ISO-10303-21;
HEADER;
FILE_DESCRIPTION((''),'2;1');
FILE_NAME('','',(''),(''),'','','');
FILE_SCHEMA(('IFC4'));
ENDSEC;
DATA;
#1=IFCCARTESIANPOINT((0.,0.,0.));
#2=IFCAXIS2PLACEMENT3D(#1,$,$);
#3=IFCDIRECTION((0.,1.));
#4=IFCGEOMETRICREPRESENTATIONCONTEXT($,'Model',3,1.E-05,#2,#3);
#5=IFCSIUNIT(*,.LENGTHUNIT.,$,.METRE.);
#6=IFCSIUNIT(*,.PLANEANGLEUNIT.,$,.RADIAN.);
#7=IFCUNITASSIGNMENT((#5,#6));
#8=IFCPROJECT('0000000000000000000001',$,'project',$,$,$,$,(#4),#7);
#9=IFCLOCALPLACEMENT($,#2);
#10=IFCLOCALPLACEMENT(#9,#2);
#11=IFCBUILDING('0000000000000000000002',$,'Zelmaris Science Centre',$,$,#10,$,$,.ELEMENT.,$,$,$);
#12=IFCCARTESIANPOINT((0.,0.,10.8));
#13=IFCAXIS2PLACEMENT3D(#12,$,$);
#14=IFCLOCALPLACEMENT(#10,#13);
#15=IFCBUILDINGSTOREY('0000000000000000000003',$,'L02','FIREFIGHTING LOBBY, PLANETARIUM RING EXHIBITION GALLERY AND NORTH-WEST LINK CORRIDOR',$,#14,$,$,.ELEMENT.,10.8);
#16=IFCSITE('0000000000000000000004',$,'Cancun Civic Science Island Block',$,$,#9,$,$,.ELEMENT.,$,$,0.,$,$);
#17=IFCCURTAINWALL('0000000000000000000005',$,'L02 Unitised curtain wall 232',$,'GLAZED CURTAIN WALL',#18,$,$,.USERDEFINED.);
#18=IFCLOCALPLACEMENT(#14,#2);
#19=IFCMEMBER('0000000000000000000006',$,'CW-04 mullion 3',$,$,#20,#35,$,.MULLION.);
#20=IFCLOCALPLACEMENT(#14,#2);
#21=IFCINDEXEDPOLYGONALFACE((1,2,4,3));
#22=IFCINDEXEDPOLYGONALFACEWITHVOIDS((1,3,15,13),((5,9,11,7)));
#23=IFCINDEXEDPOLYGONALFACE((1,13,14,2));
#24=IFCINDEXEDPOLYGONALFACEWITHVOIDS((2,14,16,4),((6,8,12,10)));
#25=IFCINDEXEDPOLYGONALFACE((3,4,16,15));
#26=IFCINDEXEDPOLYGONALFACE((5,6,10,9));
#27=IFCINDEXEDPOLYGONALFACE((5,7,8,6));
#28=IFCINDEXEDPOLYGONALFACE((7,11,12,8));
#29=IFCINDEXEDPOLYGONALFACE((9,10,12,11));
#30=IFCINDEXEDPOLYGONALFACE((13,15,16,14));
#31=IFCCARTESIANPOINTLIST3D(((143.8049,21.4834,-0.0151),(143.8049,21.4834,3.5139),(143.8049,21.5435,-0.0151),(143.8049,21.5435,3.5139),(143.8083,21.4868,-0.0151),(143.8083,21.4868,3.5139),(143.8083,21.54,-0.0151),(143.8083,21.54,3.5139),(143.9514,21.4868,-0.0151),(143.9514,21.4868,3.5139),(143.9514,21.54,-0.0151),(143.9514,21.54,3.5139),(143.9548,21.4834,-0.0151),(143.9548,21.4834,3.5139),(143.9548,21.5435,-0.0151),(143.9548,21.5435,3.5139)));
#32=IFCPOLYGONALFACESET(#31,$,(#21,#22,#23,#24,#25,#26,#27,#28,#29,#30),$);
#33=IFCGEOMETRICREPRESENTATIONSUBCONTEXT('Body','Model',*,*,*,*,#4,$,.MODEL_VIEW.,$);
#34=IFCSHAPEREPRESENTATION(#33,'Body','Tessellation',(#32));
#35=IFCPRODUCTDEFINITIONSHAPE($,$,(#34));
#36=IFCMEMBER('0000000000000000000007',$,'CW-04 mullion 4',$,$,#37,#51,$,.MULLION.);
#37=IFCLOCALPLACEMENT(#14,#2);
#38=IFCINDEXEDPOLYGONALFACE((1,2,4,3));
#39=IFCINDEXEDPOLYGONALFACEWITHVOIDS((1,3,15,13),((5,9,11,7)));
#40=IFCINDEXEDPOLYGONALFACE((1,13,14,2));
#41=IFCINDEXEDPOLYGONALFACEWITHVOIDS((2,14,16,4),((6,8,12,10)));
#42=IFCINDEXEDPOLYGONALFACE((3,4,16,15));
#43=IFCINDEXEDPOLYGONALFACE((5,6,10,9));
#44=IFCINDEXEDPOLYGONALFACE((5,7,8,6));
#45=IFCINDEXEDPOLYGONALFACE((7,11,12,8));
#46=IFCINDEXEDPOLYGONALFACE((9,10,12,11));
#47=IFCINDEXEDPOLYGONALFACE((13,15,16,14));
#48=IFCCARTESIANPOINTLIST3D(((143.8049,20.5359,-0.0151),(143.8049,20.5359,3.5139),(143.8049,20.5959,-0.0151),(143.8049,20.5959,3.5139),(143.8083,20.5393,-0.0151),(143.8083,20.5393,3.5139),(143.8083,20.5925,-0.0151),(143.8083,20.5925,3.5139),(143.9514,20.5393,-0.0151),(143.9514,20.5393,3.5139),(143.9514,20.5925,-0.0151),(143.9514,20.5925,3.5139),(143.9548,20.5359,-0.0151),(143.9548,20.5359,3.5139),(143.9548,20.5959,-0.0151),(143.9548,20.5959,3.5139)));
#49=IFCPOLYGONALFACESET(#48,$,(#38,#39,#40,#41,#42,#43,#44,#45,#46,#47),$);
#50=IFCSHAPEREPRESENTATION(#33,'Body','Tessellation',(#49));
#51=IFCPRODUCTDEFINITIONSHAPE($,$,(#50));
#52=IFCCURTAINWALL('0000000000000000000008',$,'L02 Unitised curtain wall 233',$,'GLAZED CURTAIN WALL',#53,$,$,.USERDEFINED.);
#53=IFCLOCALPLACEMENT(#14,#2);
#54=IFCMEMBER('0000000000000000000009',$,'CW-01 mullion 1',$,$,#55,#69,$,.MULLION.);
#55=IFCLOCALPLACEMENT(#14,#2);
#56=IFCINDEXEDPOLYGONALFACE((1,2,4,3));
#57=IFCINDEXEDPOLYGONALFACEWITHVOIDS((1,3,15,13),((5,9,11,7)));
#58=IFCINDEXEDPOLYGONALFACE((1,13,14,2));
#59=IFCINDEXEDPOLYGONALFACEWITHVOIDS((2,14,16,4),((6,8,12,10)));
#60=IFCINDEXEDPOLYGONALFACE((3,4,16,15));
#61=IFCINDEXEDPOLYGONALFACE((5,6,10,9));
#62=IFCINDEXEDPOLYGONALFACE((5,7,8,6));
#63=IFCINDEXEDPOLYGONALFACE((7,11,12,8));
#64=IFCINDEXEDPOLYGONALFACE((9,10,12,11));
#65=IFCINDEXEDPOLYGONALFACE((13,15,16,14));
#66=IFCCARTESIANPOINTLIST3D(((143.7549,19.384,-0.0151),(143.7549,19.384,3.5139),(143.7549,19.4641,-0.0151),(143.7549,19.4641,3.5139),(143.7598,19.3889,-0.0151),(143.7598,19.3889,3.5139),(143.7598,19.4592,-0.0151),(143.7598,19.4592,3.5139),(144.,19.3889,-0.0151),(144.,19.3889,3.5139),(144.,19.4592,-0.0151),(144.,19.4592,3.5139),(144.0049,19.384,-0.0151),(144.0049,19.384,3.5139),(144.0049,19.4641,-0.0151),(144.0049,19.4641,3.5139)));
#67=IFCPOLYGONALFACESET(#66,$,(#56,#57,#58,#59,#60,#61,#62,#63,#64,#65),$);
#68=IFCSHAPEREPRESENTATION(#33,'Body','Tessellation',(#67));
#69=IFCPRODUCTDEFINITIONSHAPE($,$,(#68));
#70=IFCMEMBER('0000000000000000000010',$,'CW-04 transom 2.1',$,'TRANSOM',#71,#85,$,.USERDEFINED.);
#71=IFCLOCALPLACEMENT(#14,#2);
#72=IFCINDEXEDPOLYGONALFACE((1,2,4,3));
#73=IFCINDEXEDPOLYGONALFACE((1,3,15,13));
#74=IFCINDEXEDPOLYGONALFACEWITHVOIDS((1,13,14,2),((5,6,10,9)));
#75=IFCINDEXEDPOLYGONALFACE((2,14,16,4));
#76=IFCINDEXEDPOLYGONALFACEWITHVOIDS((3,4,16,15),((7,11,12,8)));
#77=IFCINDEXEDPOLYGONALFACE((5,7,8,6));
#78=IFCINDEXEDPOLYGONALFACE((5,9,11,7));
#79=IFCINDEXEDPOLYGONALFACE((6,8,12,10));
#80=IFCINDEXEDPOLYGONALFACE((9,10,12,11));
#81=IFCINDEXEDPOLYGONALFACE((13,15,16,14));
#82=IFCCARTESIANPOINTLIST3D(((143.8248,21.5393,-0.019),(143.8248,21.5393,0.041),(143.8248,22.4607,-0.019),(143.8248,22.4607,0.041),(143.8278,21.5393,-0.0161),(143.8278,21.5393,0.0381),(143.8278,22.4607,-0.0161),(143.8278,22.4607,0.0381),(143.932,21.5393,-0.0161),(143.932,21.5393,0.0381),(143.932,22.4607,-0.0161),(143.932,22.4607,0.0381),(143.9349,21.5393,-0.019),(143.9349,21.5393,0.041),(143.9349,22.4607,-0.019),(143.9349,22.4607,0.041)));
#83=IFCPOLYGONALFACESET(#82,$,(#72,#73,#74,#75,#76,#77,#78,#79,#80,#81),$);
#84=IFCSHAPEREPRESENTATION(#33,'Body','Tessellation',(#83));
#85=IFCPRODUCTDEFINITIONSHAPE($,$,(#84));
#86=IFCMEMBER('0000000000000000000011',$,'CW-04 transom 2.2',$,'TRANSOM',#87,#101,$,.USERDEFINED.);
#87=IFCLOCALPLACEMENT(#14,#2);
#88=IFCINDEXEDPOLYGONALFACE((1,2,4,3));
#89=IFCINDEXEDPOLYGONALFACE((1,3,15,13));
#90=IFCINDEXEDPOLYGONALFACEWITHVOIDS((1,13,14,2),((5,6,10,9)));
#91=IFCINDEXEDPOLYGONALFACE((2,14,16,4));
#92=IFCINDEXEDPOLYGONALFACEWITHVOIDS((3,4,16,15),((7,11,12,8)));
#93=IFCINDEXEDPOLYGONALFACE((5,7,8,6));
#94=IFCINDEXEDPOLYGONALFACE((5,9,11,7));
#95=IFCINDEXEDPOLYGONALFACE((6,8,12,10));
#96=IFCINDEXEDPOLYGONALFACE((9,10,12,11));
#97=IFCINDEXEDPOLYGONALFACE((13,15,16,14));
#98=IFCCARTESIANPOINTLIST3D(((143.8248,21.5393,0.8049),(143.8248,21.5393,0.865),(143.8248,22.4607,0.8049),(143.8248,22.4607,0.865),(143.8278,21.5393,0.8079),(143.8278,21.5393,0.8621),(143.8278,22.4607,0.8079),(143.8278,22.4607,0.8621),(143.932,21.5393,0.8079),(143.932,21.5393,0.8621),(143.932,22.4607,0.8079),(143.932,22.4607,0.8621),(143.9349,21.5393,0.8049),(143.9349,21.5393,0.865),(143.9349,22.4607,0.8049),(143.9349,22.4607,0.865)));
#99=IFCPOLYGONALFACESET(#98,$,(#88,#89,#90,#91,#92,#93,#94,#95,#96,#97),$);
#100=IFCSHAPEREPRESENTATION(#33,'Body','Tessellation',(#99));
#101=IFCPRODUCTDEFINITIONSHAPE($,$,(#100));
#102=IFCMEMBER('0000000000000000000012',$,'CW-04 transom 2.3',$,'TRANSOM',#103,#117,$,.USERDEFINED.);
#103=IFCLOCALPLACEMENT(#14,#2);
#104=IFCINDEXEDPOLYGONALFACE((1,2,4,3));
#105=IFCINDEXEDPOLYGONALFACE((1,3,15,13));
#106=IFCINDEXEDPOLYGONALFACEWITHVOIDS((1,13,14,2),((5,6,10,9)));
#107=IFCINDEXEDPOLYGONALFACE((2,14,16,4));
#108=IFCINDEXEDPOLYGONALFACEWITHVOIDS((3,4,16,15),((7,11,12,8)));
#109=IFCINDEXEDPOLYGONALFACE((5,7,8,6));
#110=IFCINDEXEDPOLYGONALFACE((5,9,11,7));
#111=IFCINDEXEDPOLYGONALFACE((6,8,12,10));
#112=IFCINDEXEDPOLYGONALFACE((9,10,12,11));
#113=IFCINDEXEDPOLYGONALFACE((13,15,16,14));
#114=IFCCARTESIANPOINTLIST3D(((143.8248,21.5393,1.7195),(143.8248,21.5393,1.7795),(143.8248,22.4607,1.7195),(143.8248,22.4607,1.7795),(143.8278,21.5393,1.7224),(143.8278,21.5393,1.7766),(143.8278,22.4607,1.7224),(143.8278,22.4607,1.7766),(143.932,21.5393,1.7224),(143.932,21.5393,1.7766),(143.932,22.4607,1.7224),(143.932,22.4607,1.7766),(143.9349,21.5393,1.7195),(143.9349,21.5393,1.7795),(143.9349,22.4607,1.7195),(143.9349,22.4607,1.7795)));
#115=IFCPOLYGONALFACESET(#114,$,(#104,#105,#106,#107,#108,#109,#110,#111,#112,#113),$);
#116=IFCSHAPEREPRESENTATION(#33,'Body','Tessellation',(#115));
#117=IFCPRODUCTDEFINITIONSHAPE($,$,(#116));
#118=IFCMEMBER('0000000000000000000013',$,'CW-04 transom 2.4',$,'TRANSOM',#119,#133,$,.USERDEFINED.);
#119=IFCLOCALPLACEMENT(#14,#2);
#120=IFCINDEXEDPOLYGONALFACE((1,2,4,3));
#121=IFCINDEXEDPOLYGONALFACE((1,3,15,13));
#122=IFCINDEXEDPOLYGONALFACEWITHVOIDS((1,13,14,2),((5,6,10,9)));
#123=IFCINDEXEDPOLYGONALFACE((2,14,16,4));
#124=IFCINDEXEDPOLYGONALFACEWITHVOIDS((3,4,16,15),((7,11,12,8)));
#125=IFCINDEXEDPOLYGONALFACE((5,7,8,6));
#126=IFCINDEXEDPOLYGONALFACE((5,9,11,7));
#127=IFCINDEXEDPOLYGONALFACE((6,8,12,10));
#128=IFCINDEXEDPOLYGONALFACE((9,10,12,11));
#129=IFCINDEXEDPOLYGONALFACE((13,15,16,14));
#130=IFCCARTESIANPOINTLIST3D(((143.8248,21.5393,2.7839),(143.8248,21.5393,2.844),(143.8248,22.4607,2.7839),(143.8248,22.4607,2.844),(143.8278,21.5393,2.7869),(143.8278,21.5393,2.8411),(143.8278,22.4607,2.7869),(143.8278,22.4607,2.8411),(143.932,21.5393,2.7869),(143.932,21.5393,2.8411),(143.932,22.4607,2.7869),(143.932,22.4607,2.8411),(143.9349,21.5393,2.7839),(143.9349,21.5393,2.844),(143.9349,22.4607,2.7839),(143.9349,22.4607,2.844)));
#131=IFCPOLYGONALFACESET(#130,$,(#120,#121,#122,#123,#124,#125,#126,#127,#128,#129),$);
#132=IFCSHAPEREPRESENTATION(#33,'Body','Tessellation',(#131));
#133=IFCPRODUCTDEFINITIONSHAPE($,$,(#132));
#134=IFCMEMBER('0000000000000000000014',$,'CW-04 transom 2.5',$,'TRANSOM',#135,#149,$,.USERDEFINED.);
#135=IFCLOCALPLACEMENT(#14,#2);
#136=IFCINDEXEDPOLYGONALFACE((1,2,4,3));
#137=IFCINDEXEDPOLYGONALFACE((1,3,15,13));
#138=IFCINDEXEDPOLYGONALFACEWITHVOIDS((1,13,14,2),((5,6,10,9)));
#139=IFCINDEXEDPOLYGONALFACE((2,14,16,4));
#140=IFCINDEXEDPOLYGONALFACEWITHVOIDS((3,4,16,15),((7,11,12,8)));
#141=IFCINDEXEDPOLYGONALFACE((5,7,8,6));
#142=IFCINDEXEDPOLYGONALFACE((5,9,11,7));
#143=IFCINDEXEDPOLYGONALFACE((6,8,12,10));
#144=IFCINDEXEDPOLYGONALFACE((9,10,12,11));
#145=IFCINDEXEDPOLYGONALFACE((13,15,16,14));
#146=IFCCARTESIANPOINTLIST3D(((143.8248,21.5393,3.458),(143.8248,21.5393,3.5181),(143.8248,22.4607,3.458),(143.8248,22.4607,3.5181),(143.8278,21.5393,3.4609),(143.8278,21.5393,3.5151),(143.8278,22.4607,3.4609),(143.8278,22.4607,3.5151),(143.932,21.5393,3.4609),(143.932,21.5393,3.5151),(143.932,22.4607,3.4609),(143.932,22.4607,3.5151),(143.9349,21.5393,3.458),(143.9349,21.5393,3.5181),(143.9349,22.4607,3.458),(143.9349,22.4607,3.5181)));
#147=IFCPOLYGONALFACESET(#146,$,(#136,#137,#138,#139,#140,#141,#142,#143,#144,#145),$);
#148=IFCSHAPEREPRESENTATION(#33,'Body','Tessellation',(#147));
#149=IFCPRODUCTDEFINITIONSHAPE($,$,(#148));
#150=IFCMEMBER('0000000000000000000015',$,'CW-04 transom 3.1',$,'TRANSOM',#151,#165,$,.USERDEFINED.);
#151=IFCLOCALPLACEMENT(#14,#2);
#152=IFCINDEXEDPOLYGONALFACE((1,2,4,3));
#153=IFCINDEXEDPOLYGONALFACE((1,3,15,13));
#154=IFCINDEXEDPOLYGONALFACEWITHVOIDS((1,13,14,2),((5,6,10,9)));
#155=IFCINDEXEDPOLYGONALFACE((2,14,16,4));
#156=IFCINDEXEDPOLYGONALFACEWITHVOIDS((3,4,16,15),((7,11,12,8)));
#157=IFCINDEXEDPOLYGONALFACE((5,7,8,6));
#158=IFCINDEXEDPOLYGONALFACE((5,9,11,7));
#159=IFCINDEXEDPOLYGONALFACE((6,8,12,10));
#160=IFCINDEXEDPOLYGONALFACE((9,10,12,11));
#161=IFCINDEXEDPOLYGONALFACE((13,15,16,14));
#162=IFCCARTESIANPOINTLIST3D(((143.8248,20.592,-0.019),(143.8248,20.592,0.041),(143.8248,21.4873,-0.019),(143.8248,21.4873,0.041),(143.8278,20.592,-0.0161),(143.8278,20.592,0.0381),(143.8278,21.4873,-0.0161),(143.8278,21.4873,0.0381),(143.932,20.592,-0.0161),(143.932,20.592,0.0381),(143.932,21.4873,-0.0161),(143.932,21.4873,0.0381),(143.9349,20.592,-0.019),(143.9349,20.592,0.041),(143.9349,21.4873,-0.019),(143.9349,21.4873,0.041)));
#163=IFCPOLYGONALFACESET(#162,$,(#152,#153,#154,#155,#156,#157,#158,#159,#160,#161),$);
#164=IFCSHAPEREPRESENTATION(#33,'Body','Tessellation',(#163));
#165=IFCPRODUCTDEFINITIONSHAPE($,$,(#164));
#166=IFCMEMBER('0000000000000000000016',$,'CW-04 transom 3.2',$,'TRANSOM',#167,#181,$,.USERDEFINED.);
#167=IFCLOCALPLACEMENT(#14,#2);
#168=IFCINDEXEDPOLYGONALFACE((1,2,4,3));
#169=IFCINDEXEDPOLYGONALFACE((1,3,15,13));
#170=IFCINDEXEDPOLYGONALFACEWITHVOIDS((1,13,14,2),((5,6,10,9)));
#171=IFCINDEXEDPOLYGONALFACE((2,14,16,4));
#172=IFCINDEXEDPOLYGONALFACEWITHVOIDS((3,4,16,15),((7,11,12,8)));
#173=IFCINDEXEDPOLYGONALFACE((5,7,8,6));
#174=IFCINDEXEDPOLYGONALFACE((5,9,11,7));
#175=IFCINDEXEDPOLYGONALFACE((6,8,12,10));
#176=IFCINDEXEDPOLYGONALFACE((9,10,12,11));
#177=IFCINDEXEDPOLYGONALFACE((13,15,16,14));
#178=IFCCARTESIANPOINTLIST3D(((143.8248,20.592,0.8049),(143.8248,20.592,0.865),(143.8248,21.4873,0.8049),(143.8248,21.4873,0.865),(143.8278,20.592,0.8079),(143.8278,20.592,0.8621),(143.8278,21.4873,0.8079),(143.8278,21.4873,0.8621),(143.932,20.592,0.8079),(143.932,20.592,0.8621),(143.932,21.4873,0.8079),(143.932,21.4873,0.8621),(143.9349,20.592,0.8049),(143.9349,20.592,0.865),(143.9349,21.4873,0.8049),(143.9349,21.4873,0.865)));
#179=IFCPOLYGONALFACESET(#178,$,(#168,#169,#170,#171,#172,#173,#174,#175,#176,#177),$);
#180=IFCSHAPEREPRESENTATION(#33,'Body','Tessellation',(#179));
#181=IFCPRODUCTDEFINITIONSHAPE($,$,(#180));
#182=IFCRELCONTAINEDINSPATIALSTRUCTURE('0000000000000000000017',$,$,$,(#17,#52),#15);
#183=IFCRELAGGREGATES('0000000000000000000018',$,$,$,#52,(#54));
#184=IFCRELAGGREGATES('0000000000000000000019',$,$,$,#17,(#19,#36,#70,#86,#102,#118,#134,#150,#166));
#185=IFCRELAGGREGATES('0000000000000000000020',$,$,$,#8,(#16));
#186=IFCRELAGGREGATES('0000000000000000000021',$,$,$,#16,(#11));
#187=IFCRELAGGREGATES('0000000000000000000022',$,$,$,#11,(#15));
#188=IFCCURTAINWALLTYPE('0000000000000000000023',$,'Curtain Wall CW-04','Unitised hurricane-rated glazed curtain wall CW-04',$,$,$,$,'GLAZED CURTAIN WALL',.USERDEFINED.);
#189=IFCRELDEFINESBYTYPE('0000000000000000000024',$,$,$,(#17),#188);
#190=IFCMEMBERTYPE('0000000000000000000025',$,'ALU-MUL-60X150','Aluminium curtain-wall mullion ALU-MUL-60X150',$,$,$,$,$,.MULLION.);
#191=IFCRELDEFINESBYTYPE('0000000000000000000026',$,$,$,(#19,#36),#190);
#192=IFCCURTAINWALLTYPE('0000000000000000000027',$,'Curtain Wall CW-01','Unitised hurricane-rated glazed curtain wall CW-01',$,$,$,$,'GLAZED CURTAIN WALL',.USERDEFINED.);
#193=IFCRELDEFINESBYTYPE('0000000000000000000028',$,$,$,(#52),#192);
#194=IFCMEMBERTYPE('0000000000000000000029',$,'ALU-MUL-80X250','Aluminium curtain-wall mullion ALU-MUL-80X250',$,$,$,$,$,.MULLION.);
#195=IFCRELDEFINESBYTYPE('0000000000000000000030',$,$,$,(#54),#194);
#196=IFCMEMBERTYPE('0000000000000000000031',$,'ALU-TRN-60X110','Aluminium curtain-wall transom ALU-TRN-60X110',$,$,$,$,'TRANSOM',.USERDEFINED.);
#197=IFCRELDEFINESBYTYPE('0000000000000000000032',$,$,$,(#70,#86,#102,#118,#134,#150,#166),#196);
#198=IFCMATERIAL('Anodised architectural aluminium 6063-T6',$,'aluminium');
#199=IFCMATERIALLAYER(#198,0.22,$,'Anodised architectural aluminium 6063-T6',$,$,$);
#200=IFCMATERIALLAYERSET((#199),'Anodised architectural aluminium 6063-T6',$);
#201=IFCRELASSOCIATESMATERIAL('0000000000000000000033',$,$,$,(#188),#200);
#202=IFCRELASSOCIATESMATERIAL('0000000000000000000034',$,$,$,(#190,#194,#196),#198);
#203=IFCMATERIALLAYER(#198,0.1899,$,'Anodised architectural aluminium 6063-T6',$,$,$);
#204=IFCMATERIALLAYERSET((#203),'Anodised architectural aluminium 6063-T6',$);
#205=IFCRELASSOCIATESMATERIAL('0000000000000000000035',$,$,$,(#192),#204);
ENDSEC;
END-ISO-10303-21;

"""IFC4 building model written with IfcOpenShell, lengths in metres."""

from ifc_helpers import new_model, si_unit, direction, frame, origin, origin_2d, place, context, subcontext, project, spatial, hollow_rectangle, extrude, material, layer, layer_set, material_profile, profile_set, type_object, element, aggregate, save


model = new_model("IFC4")

# Units and contexts
model_context = context("Model", 3, precision=1e-05, world=origin(), true_north=direction((0.0, 1.0)))
body_context = subcontext(model_context, "Body", "Model", "MODEL_VIEW")
ifc_project = project(units=[si_unit("LENGTHUNIT", "METRE"), si_unit("PLANEANGLEUNIT", "RADIAN")], contexts=[model_context])

# Site, building, storey
site_placement = place(None, origin())
site = spatial("IfcSite", under=ifc_project, at=site_placement, Name="Cancun Civic Science Island Block", CompositionType="ELEMENT", RefElevation=0.0)
building_placement = place(site_placement, origin())
building = spatial("IfcBuilding", under=site, at=building_placement, Name="Zelmaris Science Centre", CompositionType="ELEMENT")
storey_placement = place(building_placement, frame((0.0, 0.0, 10.8)))
storey = spatial("IfcBuildingStorey", under=building, at=storey_placement, Name="L02", Description="FIREFIGHTING LOBBY, PLANETARIUM RING EXHIBITION GALLERY AND NORTH-WEST LINK CORRIDOR", CompositionType="ELEMENT", Elevation=10.8)

# Curtain wall, members
ifc_material_1 = material(Name="Anodised architectural aluminium 6063-T6", Category="aluminium")
ifc_layer_1 = layer(ifc_material_1, 0.22, Name="Anodised architectural aluminium 6063-T6")
ifc_layer_set_1 = layer_set([ifc_layer_1], Name="Anodised architectural aluminium 6063-T6")
curtain_wall_type_1 = type_object("IfcCurtainWallType", Name="Curtain Wall CW-04", Description="Unitised hurricane-rated glazed curtain wall CW-04", ElementType="GLAZED CURTAIN WALL", PredefinedType="USERDEFINED", material=ifc_layer_set_1)
curtain_wall_1_placement = place(storey_placement, origin())
curtain_wall_1 = element("IfcCurtainWall", 1, at=curtain_wall_1_placement, inside=storey, type_object=curtain_wall_type_1, Name="L02 Unitised curtain wall 232", ObjectType="GLAZED CURTAIN WALL", PredefinedType="USERDEFINED")
ifc_material_profile_1 = material_profile(ifc_material_1, hollow_rectangle(XDim=0.0601, YDim=0.1499, WallThickness=0.0034, at=origin_2d()), Name="ALU-MUL-60X150")
ifc_profile_set_1 = profile_set([ifc_material_profile_1], Name="Anodised architectural aluminium 6063-T6")
member_type_1 = type_object("IfcMemberType", Name="ALU-MUL-60X150", Description="Aluminium curtain-wall mullion ALU-MUL-60X150", PredefinedType="MULLION", material=ifc_profile_set_1)
member_1_placement = place(storey_placement, frame((143.8799, 21.5134, -0.0151), z_axis=(0.0, 0.0, 1.0), x_axis=(0.0, -1.0, 0.0)))
member_1 = element("IfcMember", 2, at=member_1_placement, type_object=member_type_1, Name="CW-04 mullion 3", PredefinedType="MULLION", context=body_context, shape_type="SweptSolid", body=[
    extrude(hollow_rectangle(XDim=0.0601, YDim=0.1499, WallThickness=0.0034, at=origin_2d()), origin(), (0.0, 0.0, 1.0), 3.5291),
])
member_2_placement = place(storey_placement, frame((143.8799, 20.5659, -0.0151), z_axis=(0.0, 0.0, 1.0), x_axis=(0.0, -1.0, 0.0)))
member_2 = element("IfcMember", 3, at=member_2_placement, type_object=member_type_1, Name="CW-04 mullion 4", PredefinedType="MULLION", context=body_context, shape_type="SweptSolid", body=[
    extrude(hollow_rectangle(XDim=0.0601, YDim=0.1499, WallThickness=0.0034, at=origin_2d()), origin(), (0.0, 0.0, 1.0), 3.5291),
])

# Curtain wall, member
ifc_layer_2 = layer(ifc_material_1, 0.1899, Name="Anodised architectural aluminium 6063-T6")
ifc_layer_set_2 = layer_set([ifc_layer_2], Name="Anodised architectural aluminium 6063-T6")
curtain_wall_type_2 = type_object("IfcCurtainWallType", Name="Curtain Wall CW-01", Description="Unitised hurricane-rated glazed curtain wall CW-01", ElementType="GLAZED CURTAIN WALL", PredefinedType="USERDEFINED", material=ifc_layer_set_2)
curtain_wall_2_placement = place(storey_placement, origin())
curtain_wall_2 = element("IfcCurtainWall", 4, at=curtain_wall_2_placement, inside=storey, type_object=curtain_wall_type_2, Name="L02 Unitised curtain wall 233", ObjectType="GLAZED CURTAIN WALL", PredefinedType="USERDEFINED")
ifc_material_profile_2 = material_profile(ifc_material_1, hollow_rectangle(XDim=0.0801, YDim=0.25, WallThickness=0.0049, at=origin_2d()), Name="ALU-MUL-80X250")
ifc_profile_set_2 = profile_set([ifc_material_profile_2], Name="Anodised architectural aluminium 6063-T6")
member_type_2 = type_object("IfcMemberType", Name="ALU-MUL-80X250", Description="Aluminium curtain-wall mullion ALU-MUL-80X250", PredefinedType="MULLION", material=ifc_profile_set_2)
member_3_placement = place(storey_placement, frame((143.8799, 19.4241, -0.0151), z_axis=(0.0, 0.0, 1.0), x_axis=(0.0, -1.0, 0.0)))
member_3 = element("IfcMember", 5, at=member_3_placement, type_object=member_type_2, Name="CW-01 mullion 1", PredefinedType="MULLION", context=body_context, shape_type="SweptSolid", body=[
    extrude(hollow_rectangle(XDim=0.0801, YDim=0.25, WallThickness=0.0049, at=origin_2d()), origin(), (0.0, 0.0, 1.0), 3.5291),
])

# Members
ifc_material_profile_3 = material_profile(ifc_material_1, hollow_rectangle(XDim=0.0601, YDim=0.1101, WallThickness=0.0029, at=origin_2d()), Name="ALU-TRN-60X110")
ifc_profile_set_3 = profile_set([ifc_material_profile_3], Name="Anodised architectural aluminium 6063-T6")
member_type_3 = type_object("IfcMemberType", Name="ALU-TRN-60X110", Description="Aluminium curtain-wall transom ALU-TRN-60X110", ElementType="TRANSOM", PredefinedType="USERDEFINED", material=ifc_profile_set_3)
member_4_placement = place(storey_placement, frame((143.8799, 22.4607, 0.011), z_axis=(0.0, -1.0, 0.0), x_axis=(0.0, 0.0, 1.0)))
member_4 = element("IfcMember", 6, at=member_4_placement, type_object=member_type_3, Name="CW-04 transom 2.1", ObjectType="TRANSOM", PredefinedType="USERDEFINED", context=body_context, shape_type="SweptSolid", body=[
    extrude(hollow_rectangle(XDim=0.0601, YDim=0.1101, WallThickness=0.0029, at=origin_2d()), origin(), (0.0, 0.0, 1.0), 0.9214),
])
member_5_placement = place(storey_placement, frame((143.8799, 22.4607, 0.835), z_axis=(0.0, -1.0, 0.0), x_axis=(0.0, 0.0, 1.0)))
member_5 = element("IfcMember", 7, at=member_5_placement, type_object=member_type_3, Name="CW-04 transom 2.2", ObjectType="TRANSOM", PredefinedType="USERDEFINED", context=body_context, shape_type="SweptSolid", body=[
    extrude(hollow_rectangle(XDim=0.0601, YDim=0.1101, WallThickness=0.0029, at=origin_2d()), origin(), (0.0, 0.0, 1.0), 0.9214),
])
member_6_placement = place(storey_placement, frame((143.8799, 22.4607, 1.7495), z_axis=(0.0, -1.0, 0.0), x_axis=(0.0, 0.0, 1.0)))
member_6 = element("IfcMember", 8, at=member_6_placement, type_object=member_type_3, Name="CW-04 transom 2.3", ObjectType="TRANSOM", PredefinedType="USERDEFINED", context=body_context, shape_type="SweptSolid", body=[
    extrude(hollow_rectangle(XDim=0.0601, YDim=0.1101, WallThickness=0.0029, at=origin_2d()), origin(), (0.0, 0.0, 1.0), 0.9214),
])
member_7_placement = place(storey_placement, frame((143.8799, 22.4607, 2.814), z_axis=(0.0, -1.0, 0.0), x_axis=(0.0, 0.0, 1.0)))
member_7 = element("IfcMember", 9, at=member_7_placement, type_object=member_type_3, Name="CW-04 transom 2.4", ObjectType="TRANSOM", PredefinedType="USERDEFINED", context=body_context, shape_type="SweptSolid", body=[
    extrude(hollow_rectangle(XDim=0.0601, YDim=0.1101, WallThickness=0.0029, at=origin_2d()), origin(), (0.0, 0.0, 1.0), 0.9214),
])
member_8_placement = place(storey_placement, frame((143.8799, 22.4607, 3.488), z_axis=(0.0, -1.0, 0.0), x_axis=(0.0, 0.0, 1.0)))
member_8 = element("IfcMember", 10, at=member_8_placement, type_object=member_type_3, Name="CW-04 transom 2.5", ObjectType="TRANSOM", PredefinedType="USERDEFINED", context=body_context, shape_type="SweptSolid", body=[
    extrude(hollow_rectangle(XDim=0.0601, YDim=0.1101, WallThickness=0.0029, at=origin_2d()), origin(), (0.0, 0.0, 1.0), 0.9214),
])
member_9_placement = place(storey_placement, frame((143.8799, 21.4873, 0.011), z_axis=(0.0, -1.0, 0.0), x_axis=(0.0, 0.0, 1.0)))
member_9 = element("IfcMember", 11, at=member_9_placement, type_object=member_type_3, Name="CW-04 transom 3.1", ObjectType="TRANSOM", PredefinedType="USERDEFINED", context=body_context, shape_type="SweptSolid", body=[
    extrude(hollow_rectangle(XDim=0.0601, YDim=0.1101, WallThickness=0.0029, at=origin_2d()), origin(), (0.0, 0.0, 1.0), 0.8953),
])
member_10_placement = place(storey_placement, frame((143.8799, 21.4873, 0.835), z_axis=(0.0, -1.0, 0.0), x_axis=(0.0, 0.0, 1.0)))
member_10 = element("IfcMember", 12, at=member_10_placement, type_object=member_type_3, Name="CW-04 transom 3.2", ObjectType="TRANSOM", PredefinedType="USERDEFINED", context=body_context, shape_type="SweptSolid", body=[
    extrude(hollow_rectangle(XDim=0.0601, YDim=0.1101, WallThickness=0.0029, at=origin_2d()), origin(), (0.0, 0.0, 1.0), 0.8953),
])
aggregate(curtain_wall_2, [member_3])

aggregate(curtain_wall_1, [member_1, member_2, member_4, member_5, member_6, member_7, member_8, member_9, member_10])

save(model, "model.ifc")
